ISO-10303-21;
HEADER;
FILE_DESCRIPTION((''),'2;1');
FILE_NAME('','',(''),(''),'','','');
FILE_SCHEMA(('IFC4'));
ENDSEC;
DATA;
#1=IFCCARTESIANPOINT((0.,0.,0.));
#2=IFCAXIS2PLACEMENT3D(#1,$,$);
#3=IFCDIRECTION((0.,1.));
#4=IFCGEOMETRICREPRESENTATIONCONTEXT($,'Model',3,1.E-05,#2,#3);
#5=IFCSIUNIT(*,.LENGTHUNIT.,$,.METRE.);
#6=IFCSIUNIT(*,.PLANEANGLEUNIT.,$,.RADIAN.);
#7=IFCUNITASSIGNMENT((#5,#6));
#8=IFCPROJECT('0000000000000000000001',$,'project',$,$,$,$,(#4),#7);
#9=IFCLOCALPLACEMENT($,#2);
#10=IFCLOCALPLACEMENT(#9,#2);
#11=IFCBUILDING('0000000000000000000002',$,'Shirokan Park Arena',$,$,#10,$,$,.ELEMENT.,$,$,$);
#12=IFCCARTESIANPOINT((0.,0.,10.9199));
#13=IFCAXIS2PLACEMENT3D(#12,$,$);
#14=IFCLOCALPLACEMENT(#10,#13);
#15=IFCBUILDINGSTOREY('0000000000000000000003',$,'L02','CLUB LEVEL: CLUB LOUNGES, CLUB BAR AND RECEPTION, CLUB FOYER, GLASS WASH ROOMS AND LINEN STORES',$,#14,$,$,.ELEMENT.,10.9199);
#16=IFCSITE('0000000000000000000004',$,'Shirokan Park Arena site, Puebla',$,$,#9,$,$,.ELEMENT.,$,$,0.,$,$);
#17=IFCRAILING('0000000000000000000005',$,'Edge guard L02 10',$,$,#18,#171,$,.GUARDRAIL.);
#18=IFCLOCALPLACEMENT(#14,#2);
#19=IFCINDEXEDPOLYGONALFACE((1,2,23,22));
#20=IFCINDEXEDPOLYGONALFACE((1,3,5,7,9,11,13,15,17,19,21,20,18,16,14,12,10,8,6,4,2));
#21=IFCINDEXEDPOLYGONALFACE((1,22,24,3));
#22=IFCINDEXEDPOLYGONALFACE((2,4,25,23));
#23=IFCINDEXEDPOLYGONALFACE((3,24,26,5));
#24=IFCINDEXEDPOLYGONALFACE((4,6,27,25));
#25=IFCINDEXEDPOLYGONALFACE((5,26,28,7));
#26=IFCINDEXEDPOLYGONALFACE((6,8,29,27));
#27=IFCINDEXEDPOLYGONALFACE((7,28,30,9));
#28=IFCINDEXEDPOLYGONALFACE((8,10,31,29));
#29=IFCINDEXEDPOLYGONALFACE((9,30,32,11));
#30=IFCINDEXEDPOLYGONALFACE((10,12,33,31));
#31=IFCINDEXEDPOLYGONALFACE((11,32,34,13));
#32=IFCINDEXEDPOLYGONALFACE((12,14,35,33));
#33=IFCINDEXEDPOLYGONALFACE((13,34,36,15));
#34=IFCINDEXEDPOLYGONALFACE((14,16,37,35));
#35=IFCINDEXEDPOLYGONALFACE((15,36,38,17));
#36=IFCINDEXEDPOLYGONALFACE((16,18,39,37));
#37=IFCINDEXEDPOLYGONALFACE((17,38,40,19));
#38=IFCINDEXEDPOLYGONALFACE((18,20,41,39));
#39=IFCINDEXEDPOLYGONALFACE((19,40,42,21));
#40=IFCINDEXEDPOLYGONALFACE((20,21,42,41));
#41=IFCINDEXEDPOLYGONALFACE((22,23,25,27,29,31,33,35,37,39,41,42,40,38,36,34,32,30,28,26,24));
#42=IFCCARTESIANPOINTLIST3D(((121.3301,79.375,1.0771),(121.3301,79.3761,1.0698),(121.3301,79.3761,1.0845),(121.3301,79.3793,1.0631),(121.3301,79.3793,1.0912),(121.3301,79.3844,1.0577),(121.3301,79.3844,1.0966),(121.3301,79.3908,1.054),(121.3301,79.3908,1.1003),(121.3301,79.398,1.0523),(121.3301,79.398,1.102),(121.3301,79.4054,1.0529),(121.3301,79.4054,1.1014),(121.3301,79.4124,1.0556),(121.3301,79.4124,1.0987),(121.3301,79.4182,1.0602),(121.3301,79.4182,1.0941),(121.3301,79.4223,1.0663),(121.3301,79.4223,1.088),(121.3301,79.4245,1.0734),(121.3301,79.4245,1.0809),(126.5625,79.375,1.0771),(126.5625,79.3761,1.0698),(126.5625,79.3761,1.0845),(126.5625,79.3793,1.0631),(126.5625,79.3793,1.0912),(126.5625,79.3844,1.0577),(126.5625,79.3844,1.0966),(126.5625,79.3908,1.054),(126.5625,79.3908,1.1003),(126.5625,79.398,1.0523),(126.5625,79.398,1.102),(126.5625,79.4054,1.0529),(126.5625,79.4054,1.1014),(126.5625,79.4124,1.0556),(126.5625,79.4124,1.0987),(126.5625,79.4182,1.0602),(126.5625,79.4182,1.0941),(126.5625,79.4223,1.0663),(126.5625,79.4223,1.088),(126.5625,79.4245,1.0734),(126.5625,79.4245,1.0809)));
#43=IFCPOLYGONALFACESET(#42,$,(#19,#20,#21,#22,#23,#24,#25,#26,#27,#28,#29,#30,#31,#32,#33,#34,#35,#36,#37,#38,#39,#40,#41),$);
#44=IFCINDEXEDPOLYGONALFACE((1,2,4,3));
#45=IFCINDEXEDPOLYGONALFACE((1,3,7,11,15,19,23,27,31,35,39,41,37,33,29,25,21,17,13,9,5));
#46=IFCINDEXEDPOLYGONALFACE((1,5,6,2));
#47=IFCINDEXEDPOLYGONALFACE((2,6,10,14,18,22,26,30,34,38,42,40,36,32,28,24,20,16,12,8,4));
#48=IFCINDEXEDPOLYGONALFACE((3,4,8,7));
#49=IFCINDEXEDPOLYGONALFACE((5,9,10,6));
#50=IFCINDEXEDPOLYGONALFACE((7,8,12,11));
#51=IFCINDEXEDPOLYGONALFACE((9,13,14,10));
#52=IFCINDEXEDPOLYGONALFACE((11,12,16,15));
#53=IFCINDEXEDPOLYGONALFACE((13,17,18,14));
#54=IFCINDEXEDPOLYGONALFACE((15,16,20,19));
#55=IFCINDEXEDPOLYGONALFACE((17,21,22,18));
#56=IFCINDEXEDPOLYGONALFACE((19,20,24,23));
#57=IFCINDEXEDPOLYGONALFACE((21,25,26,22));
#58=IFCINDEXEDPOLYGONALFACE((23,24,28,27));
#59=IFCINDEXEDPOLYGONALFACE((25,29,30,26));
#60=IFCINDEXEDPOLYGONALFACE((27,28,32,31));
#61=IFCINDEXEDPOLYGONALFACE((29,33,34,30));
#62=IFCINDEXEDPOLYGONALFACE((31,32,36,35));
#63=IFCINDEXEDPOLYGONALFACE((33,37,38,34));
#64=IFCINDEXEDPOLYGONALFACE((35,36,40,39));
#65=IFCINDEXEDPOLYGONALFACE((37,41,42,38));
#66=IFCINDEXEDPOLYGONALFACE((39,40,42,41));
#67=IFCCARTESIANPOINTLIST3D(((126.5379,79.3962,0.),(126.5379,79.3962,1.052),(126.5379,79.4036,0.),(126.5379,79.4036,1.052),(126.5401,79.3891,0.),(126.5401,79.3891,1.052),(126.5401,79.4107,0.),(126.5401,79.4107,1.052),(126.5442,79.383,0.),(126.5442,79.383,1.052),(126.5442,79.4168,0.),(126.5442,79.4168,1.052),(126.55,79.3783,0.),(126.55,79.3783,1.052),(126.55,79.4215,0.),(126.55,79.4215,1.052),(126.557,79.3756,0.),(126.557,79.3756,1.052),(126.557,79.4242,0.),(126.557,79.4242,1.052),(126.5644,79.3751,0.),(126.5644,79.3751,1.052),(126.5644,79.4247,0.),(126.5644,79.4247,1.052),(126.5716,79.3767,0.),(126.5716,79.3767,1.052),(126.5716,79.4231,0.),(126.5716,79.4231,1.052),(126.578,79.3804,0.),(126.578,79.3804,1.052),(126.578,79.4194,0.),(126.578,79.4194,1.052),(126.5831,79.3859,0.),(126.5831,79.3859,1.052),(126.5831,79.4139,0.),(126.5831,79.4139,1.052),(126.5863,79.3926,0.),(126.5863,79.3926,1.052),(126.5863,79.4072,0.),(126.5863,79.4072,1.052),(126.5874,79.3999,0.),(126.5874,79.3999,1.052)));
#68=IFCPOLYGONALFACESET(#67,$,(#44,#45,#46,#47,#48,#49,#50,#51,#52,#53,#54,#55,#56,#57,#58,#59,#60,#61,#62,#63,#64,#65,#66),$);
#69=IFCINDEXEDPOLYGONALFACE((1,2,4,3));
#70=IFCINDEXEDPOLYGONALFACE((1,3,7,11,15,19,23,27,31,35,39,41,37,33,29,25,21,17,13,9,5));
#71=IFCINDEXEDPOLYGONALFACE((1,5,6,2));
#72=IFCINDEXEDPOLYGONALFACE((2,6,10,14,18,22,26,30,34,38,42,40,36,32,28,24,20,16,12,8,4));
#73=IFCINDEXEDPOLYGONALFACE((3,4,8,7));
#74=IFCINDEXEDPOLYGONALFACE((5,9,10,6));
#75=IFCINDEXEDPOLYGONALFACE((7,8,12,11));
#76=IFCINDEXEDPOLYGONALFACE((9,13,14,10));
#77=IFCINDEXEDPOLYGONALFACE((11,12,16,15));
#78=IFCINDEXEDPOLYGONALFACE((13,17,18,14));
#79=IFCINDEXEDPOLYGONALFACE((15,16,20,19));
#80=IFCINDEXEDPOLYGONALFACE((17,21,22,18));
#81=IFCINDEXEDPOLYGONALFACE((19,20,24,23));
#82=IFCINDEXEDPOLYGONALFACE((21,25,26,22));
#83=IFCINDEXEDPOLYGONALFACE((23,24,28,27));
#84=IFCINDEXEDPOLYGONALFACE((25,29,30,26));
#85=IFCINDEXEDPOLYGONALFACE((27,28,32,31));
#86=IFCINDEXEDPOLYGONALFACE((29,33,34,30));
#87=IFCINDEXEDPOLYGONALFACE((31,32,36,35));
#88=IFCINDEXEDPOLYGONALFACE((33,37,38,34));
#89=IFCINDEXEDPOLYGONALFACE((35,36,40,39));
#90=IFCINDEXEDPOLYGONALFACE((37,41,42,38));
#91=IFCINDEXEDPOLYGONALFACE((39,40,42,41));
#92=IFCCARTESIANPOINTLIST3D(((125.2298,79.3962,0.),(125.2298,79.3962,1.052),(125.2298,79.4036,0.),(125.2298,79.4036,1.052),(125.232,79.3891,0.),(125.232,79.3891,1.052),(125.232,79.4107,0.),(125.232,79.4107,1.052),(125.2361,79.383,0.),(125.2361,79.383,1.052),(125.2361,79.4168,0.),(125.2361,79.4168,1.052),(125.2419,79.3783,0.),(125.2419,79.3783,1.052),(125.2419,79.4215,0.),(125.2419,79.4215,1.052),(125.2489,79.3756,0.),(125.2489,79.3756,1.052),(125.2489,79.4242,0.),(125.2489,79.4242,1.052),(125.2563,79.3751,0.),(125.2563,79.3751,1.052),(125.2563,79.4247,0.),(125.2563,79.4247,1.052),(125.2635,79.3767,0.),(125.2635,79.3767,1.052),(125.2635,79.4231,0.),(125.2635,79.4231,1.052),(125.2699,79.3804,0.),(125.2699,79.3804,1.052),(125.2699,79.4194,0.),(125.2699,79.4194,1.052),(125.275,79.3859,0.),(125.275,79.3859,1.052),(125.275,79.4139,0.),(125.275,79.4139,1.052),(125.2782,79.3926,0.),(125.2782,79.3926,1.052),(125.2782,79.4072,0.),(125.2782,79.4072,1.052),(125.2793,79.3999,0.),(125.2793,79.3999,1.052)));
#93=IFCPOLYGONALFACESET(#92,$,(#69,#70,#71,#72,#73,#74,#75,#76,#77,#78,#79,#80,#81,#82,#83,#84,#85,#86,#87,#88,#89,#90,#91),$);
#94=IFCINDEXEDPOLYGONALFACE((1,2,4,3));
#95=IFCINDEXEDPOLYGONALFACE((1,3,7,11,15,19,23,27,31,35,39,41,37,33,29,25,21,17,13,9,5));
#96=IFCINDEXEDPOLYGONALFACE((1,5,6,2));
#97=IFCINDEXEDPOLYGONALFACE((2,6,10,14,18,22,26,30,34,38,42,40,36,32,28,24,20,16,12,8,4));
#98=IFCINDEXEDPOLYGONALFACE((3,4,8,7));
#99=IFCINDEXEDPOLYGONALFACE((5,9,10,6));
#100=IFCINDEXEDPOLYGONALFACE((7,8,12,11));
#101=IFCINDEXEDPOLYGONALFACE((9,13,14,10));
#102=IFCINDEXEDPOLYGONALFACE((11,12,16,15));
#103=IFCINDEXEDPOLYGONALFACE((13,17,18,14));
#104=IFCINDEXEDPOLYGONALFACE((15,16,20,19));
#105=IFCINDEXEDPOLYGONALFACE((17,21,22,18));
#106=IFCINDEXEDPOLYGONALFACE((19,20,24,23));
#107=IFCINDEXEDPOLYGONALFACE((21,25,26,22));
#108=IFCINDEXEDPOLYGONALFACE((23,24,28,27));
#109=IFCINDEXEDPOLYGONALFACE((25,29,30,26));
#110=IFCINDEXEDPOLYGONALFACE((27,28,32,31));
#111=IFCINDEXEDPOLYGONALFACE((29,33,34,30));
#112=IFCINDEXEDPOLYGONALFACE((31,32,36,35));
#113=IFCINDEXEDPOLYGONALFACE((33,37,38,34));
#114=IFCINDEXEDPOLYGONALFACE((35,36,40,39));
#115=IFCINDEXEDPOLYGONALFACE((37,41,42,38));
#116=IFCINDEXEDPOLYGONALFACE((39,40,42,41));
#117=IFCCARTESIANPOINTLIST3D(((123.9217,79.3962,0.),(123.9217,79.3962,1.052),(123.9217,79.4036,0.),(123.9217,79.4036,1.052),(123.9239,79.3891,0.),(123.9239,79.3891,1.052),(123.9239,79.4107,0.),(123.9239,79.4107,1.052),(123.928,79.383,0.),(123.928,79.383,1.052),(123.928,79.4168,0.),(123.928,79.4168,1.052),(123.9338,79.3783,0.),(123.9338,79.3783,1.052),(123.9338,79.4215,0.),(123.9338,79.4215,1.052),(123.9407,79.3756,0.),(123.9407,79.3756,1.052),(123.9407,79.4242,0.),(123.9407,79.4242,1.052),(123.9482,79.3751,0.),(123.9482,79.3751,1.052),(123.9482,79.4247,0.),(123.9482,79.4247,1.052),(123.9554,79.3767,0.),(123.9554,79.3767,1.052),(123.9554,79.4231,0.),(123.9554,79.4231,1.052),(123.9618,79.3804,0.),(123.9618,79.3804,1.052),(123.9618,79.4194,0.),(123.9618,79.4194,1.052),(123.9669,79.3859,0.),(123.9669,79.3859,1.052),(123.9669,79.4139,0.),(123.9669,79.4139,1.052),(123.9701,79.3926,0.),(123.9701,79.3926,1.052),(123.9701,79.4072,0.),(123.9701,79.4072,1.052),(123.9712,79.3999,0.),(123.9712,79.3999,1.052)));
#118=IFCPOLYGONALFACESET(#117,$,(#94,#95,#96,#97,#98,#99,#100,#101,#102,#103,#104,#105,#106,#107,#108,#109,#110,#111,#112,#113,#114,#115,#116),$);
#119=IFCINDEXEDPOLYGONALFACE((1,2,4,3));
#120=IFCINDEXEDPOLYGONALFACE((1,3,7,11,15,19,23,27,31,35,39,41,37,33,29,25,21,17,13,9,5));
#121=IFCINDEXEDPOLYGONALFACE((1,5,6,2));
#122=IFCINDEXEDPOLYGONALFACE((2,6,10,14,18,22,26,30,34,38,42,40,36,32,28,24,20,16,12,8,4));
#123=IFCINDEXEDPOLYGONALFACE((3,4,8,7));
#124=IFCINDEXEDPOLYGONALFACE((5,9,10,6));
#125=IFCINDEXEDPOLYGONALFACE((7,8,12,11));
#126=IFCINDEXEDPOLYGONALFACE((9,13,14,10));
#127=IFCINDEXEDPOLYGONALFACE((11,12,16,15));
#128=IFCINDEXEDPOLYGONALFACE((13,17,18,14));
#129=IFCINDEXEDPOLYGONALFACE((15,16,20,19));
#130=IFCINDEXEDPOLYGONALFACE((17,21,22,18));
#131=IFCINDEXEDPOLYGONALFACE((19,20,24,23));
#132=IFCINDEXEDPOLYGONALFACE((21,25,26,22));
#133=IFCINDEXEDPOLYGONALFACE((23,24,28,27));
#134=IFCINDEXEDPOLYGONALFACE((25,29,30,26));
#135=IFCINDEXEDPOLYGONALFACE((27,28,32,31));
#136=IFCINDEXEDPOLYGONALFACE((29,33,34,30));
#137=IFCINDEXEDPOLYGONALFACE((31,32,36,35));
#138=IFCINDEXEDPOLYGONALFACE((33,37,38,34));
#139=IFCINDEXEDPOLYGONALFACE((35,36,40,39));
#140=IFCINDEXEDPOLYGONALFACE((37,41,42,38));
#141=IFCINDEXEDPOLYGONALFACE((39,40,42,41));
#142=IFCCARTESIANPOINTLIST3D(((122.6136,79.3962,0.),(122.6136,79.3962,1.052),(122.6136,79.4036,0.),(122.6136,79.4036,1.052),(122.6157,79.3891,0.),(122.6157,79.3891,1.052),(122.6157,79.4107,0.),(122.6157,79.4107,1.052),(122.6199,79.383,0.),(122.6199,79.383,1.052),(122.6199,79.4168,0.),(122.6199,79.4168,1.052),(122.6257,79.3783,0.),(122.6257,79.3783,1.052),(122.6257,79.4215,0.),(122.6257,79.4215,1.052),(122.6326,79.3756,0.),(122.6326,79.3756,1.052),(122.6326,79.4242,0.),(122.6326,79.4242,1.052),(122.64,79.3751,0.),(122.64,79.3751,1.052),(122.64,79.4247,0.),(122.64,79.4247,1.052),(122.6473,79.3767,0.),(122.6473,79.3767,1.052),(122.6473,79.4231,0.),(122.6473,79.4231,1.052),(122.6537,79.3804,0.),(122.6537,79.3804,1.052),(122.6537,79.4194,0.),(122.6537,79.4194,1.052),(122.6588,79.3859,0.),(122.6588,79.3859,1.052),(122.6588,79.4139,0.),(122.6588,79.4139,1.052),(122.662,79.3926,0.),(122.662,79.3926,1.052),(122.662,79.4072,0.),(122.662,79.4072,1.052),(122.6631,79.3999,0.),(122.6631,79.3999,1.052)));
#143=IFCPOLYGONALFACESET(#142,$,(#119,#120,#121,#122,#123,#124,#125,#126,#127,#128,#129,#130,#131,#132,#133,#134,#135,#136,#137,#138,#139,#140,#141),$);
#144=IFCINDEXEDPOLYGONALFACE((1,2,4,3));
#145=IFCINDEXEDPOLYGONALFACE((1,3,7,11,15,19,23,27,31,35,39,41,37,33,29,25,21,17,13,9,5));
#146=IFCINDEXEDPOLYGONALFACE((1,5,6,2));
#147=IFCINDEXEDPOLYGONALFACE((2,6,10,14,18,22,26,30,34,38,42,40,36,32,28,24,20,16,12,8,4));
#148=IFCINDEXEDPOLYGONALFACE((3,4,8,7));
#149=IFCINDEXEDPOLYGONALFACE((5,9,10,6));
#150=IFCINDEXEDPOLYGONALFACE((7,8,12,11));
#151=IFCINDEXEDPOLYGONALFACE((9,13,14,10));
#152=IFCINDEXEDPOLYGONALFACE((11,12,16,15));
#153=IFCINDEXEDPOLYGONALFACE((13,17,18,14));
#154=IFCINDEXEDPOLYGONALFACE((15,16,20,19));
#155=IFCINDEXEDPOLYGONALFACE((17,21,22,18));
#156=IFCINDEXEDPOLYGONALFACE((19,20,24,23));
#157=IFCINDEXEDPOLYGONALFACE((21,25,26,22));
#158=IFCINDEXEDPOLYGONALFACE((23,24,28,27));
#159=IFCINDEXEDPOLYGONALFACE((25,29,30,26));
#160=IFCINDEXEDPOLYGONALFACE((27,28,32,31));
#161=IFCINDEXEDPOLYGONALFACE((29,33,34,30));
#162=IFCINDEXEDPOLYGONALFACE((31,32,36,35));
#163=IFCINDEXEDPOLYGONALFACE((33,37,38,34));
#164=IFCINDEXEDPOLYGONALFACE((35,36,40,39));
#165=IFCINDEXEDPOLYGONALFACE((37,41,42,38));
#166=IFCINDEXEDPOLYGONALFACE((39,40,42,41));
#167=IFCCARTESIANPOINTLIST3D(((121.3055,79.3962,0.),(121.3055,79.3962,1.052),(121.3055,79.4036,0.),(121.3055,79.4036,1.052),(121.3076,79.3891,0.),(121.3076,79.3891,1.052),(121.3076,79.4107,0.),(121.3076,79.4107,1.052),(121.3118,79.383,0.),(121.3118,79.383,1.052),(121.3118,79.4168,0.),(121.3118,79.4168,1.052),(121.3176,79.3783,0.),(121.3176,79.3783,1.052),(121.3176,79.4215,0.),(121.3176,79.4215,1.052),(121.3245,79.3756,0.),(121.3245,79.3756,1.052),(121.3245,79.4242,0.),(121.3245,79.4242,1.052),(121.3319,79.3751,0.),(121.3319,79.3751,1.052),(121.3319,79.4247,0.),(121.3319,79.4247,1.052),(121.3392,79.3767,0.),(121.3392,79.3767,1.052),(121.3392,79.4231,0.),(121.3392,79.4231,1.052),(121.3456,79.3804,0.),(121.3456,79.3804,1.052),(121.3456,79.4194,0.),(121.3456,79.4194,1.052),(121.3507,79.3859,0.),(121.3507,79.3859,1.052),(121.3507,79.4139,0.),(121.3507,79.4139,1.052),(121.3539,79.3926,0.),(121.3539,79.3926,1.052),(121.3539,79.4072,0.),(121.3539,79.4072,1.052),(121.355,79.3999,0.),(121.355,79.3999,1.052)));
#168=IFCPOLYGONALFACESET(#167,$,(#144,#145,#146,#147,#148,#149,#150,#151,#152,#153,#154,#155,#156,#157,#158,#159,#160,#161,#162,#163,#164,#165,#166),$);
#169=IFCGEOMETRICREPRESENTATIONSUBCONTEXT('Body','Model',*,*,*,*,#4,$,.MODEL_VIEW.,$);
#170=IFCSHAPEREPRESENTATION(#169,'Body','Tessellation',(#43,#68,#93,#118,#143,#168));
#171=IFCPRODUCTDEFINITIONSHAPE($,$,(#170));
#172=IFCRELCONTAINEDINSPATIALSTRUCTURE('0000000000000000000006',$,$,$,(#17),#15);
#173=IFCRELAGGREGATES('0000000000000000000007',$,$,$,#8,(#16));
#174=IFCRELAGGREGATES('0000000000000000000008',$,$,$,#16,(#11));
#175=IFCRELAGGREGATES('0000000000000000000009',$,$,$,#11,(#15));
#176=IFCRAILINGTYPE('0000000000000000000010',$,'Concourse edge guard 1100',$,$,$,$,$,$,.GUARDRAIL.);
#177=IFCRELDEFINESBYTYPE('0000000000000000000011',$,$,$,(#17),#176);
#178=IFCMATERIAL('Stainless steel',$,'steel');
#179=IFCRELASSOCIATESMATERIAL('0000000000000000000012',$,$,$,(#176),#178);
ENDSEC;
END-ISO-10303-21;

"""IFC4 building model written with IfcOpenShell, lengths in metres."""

from ifc_helpers import new_model, si_unit, direction, frame, origin, origin_2d, place, context, subcontext, project, spatial, circle, extrude, material, type_object, element, save


model = new_model("IFC4")

# Units and contexts
model_context = context("Model", 3, precision=1e-05, world=origin(), true_north=direction((0.0, 1.0)))
body_context = subcontext(model_context, "Body", "Model", "MODEL_VIEW")
ifc_project = project(units=[si_unit("LENGTHUNIT", "METRE"), si_unit("PLANEANGLEUNIT", "RADIAN")], contexts=[model_context])

# Site, building, storey
site_placement = place(None, origin())
site = spatial("IfcSite", under=ifc_project, at=site_placement, Name="Shirokan Park Arena site, Puebla", CompositionType="ELEMENT", RefElevation=0.0)
building_placement = place(site_placement, origin())
building = spatial("IfcBuilding", under=site, at=building_placement, Name="Shirokan Park Arena", CompositionType="ELEMENT")
storey_placement = place(building_placement, frame((0.0, 0.0, 10.9199)))
storey = spatial("IfcBuildingStorey", under=building, at=storey_placement, Name="L02", Description="CLUB LEVEL: CLUB LOUNGES, CLUB BAR AND RECEPTION, CLUB FOYER, GLASS WASH ROOMS AND LINEN STORES", CompositionType="ELEMENT", Elevation=10.9199)

# Railing
ifc_material_1 = material(Name="Stainless steel", Category="steel")
railing_type = type_object("IfcRailingType", Name="Concourse edge guard 1100", PredefinedType="GUARDRAIL", material=ifc_material_1)
railing_1_placement = place(storey_placement, frame((126.5625, 79.3999, 0.0)))
element("IfcRailing", 1, at=railing_1_placement, inside=storey, type_object=railing_type, Name="Edge guard L02 10", PredefinedType="GUARDRAIL", context=body_context, shape_type="SweptSolid", body=[
    extrude(circle(Radius=0.0249, at=origin_2d()), frame((0.0, 0.0, 1.0771), z_axis=(-1.0, 0.0, 0.0), x_axis=(0.0, -1.0, 0.0)), (0.0, 0.0, 1.0), 5.2324),
    extrude(circle(Radius=0.0249, at=origin_2d()), origin(), (0.0, 0.0, 1.0), 1.052),
    extrude(circle(Radius=0.0249, at=origin_2d()), frame((-1.3081, 0.0, 0.0)), (0.0, 0.0, 1.0), 1.052),
    extrude(circle(Radius=0.0249, at=origin_2d()), frame((-2.6162, 0.0, 0.0)), (0.0, 0.0, 1.0), 1.052),
    extrude(circle(Radius=0.0249, at=origin_2d()), frame((-3.9243, 0.0, 0.0)), (0.0, 0.0, 1.0), 1.052),
    extrude(circle(Radius=0.0249, at=origin_2d()), frame((-5.2324, 0.0, 0.0)), (0.0, 0.0, 1.0), 1.052),
])

save(model, "model.ifc")
